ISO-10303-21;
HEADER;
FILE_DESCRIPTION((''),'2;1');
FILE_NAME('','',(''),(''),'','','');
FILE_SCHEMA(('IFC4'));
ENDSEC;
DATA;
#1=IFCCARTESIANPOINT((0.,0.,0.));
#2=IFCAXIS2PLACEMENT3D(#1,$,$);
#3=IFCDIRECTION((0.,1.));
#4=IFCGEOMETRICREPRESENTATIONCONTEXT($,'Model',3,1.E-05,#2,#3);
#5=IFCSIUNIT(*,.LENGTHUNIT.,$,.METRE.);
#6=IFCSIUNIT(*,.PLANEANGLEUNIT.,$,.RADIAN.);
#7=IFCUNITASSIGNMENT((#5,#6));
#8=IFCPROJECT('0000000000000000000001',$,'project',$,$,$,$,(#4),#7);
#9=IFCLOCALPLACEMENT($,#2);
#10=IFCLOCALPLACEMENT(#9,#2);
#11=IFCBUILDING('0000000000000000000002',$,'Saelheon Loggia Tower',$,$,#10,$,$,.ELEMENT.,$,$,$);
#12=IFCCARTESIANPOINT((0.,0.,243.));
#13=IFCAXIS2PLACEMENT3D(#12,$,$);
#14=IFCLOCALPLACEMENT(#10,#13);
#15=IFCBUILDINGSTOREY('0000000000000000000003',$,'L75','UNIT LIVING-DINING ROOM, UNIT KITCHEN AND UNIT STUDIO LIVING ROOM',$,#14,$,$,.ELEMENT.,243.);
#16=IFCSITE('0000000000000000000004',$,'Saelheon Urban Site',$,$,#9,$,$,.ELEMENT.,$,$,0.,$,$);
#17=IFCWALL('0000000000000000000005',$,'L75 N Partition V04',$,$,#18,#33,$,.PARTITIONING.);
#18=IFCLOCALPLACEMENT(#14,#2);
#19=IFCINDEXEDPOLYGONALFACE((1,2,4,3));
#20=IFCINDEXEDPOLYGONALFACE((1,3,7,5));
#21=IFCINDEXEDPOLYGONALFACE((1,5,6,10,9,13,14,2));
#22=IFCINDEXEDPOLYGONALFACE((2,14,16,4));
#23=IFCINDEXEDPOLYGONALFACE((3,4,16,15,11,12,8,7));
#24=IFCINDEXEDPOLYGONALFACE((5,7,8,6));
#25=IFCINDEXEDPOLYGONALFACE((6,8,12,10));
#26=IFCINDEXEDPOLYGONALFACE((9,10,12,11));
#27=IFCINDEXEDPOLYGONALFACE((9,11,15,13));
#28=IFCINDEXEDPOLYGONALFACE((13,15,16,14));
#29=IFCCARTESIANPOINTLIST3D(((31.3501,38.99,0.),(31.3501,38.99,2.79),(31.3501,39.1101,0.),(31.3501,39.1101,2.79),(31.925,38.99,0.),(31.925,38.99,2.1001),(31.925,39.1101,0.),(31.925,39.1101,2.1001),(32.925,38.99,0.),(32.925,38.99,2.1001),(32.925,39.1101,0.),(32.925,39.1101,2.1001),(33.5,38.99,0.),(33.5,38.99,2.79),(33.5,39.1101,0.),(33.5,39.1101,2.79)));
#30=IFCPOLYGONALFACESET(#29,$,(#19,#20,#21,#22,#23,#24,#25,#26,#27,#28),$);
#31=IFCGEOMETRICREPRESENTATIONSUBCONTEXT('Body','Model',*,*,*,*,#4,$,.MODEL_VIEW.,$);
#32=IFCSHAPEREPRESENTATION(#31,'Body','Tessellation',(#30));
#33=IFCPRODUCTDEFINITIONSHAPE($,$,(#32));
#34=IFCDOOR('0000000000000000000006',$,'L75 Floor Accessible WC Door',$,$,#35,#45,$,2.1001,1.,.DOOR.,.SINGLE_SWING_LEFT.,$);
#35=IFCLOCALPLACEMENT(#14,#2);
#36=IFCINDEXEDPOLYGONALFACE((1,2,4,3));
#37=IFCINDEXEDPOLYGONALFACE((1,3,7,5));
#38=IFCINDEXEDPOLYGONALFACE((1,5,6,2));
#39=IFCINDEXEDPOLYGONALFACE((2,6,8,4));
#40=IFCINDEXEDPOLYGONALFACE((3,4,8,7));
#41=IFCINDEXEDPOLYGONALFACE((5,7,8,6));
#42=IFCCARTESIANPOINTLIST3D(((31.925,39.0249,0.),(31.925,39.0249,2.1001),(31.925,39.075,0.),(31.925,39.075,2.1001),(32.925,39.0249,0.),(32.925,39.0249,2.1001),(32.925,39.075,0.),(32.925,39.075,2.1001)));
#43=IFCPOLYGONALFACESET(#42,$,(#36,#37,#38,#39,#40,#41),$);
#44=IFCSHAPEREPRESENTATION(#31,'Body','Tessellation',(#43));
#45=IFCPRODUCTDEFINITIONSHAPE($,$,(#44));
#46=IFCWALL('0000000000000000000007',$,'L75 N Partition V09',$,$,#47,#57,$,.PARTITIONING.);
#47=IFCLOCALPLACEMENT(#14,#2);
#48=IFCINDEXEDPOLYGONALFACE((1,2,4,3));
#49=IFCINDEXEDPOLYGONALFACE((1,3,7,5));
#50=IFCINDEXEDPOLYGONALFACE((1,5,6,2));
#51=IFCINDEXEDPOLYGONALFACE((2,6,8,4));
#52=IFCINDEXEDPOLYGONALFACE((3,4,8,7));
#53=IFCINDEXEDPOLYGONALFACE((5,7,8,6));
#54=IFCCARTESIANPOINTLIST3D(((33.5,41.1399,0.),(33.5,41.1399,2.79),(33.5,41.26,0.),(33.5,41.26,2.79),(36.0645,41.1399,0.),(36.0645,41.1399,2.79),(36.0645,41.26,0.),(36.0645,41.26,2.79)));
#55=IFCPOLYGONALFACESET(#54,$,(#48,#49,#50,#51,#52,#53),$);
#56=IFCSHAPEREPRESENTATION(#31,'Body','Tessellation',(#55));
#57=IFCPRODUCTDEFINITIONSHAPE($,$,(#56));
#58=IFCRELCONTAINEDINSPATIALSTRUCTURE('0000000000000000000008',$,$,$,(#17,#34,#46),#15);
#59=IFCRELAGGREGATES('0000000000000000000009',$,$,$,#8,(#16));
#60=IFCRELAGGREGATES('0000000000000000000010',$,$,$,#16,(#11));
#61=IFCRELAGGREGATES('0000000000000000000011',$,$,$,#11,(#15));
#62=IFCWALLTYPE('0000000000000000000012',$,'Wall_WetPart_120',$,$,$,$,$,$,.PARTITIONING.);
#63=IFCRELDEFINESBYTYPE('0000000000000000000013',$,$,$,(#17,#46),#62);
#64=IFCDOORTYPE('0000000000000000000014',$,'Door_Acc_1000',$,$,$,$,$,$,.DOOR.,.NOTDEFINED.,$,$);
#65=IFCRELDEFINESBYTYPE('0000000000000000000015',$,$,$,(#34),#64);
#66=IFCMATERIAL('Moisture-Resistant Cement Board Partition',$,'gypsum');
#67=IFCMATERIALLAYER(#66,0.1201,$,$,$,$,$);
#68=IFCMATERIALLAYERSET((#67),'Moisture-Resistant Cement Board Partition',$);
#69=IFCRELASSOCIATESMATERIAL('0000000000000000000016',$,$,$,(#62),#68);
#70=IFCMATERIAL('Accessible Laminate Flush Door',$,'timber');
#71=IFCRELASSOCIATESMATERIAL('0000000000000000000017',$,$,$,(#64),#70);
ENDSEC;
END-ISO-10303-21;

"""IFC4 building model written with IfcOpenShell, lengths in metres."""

from ifc_helpers import new_model, si_unit, direction, frame, frame_2d, origin, place, context, subcontext, project, spatial, rectangle, extrude, source, transform, mapped, material, layer, layer_set, type_object, element, fill, save


model = new_model("IFC4")

# Units and contexts
model_context = context("Model", 3, precision=1e-05, world=origin(), true_north=direction((0.0, 1.0)))
body_context = subcontext(model_context, "Body", "Model", "MODEL_VIEW")
ifc_project = project(units=[si_unit("LENGTHUNIT", "METRE"), si_unit("PLANEANGLEUNIT", "RADIAN")], contexts=[model_context])

# Site, building, storey
site_placement = place(None, origin())
site = spatial("IfcSite", under=ifc_project, at=site_placement, Name="Saelheon Urban Site", CompositionType="ELEMENT", RefElevation=0.0)
building_placement = place(site_placement, origin())
building = spatial("IfcBuilding", under=site, at=building_placement, Name="Saelheon Loggia Tower", CompositionType="ELEMENT")
storey_placement = place(building_placement, frame((0.0, 0.0, 243.0)))
storey = spatial("IfcBuildingStorey", under=building, at=storey_placement, Name="L75", Description="UNIT LIVING-DINING ROOM, UNIT KITCHEN AND UNIT STUDIO LIVING ROOM", CompositionType="ELEMENT", Elevation=243.0)

# Wall, opening, door
ifc_material_1 = material(Name="Moisture-Resistant Cement Board Partition", Category="gypsum")
ifc_layer_1 = layer(ifc_material_1, 0.1201)
ifc_layer_set_1 = layer_set([ifc_layer_1], Name="Moisture-Resistant Cement Board Partition")
wall_type_1 = type_object("IfcWallType", Name="Wall_WetPart_120", PredefinedType="PARTITIONING", material=ifc_layer_set_1)
wall_1_placement = place(storey_placement, frame((31.3501, 39.05, 0.0), z_axis=(0.0, 0.0, 1.0), x_axis=(1.0, 0.0, 0.0)))
wall_1 = element("IfcWall", 1, at=wall_1_placement, inside=storey, type_object=wall_type_1, Name="L75 N Partition V04", PredefinedType="PARTITIONING", context=body_context, shape_type="SweptSolid", body=[
    extrude(rectangle(XDim=2.1499, YDim=0.1201, at=frame_2d((1.075, 0.0))), origin(), (0.0, 0.0, 1.0), 2.79),
])
opening_1_placement = place(wall_1_placement, frame((0.575, 0.0, 0.0)))
opening_1 = element("IfcOpeningElement", 2, at=opening_1_placement, cuts=wall_1, PredefinedType="OPENING", context=body_context, shape_type="SweptSolid", body=[
    extrude(rectangle(XDim=1.0, YDim=2.1001, at=frame_2d((0.5, 1.05))), frame((0.0, 0.072, 0.0), z_axis=(0.0, -1.0, 0.0), x_axis=(1.0, 0.0, 0.0)), (0.0, 0.0, 1.0), 0.144),
])
ifc_material_2 = material(Name="Accessible Laminate Flush Door", Category="timber")
door_type_1 = type_object("IfcDoorType", Name="Door_Acc_1000", OperationType="NOTDEFINED", PredefinedType="DOOR", material=ifc_material_2)
shared_shape_1 = source(origin(), body_context, "Body", "SweptSolid", [
    extrude(rectangle(XDim=1.0, YDim=2.1001, at=frame_2d((0.5, 1.05))), frame((0.0, 0.0249, 0.0), z_axis=(0.0, -1.0, 0.0), x_axis=(1.0, 0.0, 0.0)), (0.0, 0.0, 1.0), 0.05),
])
door_1_placement = place(opening_1_placement, origin())
door_1 = element("IfcDoor", 3, at=door_1_placement, inside=storey, type_object=door_type_1, Name="L75 Floor Accessible WC Door", OperationType="SINGLE_SWING_LEFT", OverallHeight=2.1001, OverallWidth=1.0, PredefinedType="DOOR", context=body_context, shape_type="MappedRepresentation", body=[
    mapped(shared_shape_1, transform((0.0, 0.0, 0.0), scale=1.0)),
])
fill(opening_1, door_1)

# Wall
wall_2_placement = place(storey_placement, frame((33.5, 41.2, 0.0), z_axis=(0.0, 0.0, 1.0), x_axis=(1.0, 0.0, 0.0)))
element("IfcWall", 4, at=wall_2_placement, inside=storey, type_object=wall_type_1, Name="L75 N Partition V09", PredefinedType="PARTITIONING", context=body_context, shape_type="SweptSolid", body=[
    extrude(rectangle(XDim=2.5645, YDim=0.1201, at=frame_2d((1.2822, 0.0))), origin(), (0.0, 0.0, 1.0), 2.79),
])

save(model, "model.ifc")
